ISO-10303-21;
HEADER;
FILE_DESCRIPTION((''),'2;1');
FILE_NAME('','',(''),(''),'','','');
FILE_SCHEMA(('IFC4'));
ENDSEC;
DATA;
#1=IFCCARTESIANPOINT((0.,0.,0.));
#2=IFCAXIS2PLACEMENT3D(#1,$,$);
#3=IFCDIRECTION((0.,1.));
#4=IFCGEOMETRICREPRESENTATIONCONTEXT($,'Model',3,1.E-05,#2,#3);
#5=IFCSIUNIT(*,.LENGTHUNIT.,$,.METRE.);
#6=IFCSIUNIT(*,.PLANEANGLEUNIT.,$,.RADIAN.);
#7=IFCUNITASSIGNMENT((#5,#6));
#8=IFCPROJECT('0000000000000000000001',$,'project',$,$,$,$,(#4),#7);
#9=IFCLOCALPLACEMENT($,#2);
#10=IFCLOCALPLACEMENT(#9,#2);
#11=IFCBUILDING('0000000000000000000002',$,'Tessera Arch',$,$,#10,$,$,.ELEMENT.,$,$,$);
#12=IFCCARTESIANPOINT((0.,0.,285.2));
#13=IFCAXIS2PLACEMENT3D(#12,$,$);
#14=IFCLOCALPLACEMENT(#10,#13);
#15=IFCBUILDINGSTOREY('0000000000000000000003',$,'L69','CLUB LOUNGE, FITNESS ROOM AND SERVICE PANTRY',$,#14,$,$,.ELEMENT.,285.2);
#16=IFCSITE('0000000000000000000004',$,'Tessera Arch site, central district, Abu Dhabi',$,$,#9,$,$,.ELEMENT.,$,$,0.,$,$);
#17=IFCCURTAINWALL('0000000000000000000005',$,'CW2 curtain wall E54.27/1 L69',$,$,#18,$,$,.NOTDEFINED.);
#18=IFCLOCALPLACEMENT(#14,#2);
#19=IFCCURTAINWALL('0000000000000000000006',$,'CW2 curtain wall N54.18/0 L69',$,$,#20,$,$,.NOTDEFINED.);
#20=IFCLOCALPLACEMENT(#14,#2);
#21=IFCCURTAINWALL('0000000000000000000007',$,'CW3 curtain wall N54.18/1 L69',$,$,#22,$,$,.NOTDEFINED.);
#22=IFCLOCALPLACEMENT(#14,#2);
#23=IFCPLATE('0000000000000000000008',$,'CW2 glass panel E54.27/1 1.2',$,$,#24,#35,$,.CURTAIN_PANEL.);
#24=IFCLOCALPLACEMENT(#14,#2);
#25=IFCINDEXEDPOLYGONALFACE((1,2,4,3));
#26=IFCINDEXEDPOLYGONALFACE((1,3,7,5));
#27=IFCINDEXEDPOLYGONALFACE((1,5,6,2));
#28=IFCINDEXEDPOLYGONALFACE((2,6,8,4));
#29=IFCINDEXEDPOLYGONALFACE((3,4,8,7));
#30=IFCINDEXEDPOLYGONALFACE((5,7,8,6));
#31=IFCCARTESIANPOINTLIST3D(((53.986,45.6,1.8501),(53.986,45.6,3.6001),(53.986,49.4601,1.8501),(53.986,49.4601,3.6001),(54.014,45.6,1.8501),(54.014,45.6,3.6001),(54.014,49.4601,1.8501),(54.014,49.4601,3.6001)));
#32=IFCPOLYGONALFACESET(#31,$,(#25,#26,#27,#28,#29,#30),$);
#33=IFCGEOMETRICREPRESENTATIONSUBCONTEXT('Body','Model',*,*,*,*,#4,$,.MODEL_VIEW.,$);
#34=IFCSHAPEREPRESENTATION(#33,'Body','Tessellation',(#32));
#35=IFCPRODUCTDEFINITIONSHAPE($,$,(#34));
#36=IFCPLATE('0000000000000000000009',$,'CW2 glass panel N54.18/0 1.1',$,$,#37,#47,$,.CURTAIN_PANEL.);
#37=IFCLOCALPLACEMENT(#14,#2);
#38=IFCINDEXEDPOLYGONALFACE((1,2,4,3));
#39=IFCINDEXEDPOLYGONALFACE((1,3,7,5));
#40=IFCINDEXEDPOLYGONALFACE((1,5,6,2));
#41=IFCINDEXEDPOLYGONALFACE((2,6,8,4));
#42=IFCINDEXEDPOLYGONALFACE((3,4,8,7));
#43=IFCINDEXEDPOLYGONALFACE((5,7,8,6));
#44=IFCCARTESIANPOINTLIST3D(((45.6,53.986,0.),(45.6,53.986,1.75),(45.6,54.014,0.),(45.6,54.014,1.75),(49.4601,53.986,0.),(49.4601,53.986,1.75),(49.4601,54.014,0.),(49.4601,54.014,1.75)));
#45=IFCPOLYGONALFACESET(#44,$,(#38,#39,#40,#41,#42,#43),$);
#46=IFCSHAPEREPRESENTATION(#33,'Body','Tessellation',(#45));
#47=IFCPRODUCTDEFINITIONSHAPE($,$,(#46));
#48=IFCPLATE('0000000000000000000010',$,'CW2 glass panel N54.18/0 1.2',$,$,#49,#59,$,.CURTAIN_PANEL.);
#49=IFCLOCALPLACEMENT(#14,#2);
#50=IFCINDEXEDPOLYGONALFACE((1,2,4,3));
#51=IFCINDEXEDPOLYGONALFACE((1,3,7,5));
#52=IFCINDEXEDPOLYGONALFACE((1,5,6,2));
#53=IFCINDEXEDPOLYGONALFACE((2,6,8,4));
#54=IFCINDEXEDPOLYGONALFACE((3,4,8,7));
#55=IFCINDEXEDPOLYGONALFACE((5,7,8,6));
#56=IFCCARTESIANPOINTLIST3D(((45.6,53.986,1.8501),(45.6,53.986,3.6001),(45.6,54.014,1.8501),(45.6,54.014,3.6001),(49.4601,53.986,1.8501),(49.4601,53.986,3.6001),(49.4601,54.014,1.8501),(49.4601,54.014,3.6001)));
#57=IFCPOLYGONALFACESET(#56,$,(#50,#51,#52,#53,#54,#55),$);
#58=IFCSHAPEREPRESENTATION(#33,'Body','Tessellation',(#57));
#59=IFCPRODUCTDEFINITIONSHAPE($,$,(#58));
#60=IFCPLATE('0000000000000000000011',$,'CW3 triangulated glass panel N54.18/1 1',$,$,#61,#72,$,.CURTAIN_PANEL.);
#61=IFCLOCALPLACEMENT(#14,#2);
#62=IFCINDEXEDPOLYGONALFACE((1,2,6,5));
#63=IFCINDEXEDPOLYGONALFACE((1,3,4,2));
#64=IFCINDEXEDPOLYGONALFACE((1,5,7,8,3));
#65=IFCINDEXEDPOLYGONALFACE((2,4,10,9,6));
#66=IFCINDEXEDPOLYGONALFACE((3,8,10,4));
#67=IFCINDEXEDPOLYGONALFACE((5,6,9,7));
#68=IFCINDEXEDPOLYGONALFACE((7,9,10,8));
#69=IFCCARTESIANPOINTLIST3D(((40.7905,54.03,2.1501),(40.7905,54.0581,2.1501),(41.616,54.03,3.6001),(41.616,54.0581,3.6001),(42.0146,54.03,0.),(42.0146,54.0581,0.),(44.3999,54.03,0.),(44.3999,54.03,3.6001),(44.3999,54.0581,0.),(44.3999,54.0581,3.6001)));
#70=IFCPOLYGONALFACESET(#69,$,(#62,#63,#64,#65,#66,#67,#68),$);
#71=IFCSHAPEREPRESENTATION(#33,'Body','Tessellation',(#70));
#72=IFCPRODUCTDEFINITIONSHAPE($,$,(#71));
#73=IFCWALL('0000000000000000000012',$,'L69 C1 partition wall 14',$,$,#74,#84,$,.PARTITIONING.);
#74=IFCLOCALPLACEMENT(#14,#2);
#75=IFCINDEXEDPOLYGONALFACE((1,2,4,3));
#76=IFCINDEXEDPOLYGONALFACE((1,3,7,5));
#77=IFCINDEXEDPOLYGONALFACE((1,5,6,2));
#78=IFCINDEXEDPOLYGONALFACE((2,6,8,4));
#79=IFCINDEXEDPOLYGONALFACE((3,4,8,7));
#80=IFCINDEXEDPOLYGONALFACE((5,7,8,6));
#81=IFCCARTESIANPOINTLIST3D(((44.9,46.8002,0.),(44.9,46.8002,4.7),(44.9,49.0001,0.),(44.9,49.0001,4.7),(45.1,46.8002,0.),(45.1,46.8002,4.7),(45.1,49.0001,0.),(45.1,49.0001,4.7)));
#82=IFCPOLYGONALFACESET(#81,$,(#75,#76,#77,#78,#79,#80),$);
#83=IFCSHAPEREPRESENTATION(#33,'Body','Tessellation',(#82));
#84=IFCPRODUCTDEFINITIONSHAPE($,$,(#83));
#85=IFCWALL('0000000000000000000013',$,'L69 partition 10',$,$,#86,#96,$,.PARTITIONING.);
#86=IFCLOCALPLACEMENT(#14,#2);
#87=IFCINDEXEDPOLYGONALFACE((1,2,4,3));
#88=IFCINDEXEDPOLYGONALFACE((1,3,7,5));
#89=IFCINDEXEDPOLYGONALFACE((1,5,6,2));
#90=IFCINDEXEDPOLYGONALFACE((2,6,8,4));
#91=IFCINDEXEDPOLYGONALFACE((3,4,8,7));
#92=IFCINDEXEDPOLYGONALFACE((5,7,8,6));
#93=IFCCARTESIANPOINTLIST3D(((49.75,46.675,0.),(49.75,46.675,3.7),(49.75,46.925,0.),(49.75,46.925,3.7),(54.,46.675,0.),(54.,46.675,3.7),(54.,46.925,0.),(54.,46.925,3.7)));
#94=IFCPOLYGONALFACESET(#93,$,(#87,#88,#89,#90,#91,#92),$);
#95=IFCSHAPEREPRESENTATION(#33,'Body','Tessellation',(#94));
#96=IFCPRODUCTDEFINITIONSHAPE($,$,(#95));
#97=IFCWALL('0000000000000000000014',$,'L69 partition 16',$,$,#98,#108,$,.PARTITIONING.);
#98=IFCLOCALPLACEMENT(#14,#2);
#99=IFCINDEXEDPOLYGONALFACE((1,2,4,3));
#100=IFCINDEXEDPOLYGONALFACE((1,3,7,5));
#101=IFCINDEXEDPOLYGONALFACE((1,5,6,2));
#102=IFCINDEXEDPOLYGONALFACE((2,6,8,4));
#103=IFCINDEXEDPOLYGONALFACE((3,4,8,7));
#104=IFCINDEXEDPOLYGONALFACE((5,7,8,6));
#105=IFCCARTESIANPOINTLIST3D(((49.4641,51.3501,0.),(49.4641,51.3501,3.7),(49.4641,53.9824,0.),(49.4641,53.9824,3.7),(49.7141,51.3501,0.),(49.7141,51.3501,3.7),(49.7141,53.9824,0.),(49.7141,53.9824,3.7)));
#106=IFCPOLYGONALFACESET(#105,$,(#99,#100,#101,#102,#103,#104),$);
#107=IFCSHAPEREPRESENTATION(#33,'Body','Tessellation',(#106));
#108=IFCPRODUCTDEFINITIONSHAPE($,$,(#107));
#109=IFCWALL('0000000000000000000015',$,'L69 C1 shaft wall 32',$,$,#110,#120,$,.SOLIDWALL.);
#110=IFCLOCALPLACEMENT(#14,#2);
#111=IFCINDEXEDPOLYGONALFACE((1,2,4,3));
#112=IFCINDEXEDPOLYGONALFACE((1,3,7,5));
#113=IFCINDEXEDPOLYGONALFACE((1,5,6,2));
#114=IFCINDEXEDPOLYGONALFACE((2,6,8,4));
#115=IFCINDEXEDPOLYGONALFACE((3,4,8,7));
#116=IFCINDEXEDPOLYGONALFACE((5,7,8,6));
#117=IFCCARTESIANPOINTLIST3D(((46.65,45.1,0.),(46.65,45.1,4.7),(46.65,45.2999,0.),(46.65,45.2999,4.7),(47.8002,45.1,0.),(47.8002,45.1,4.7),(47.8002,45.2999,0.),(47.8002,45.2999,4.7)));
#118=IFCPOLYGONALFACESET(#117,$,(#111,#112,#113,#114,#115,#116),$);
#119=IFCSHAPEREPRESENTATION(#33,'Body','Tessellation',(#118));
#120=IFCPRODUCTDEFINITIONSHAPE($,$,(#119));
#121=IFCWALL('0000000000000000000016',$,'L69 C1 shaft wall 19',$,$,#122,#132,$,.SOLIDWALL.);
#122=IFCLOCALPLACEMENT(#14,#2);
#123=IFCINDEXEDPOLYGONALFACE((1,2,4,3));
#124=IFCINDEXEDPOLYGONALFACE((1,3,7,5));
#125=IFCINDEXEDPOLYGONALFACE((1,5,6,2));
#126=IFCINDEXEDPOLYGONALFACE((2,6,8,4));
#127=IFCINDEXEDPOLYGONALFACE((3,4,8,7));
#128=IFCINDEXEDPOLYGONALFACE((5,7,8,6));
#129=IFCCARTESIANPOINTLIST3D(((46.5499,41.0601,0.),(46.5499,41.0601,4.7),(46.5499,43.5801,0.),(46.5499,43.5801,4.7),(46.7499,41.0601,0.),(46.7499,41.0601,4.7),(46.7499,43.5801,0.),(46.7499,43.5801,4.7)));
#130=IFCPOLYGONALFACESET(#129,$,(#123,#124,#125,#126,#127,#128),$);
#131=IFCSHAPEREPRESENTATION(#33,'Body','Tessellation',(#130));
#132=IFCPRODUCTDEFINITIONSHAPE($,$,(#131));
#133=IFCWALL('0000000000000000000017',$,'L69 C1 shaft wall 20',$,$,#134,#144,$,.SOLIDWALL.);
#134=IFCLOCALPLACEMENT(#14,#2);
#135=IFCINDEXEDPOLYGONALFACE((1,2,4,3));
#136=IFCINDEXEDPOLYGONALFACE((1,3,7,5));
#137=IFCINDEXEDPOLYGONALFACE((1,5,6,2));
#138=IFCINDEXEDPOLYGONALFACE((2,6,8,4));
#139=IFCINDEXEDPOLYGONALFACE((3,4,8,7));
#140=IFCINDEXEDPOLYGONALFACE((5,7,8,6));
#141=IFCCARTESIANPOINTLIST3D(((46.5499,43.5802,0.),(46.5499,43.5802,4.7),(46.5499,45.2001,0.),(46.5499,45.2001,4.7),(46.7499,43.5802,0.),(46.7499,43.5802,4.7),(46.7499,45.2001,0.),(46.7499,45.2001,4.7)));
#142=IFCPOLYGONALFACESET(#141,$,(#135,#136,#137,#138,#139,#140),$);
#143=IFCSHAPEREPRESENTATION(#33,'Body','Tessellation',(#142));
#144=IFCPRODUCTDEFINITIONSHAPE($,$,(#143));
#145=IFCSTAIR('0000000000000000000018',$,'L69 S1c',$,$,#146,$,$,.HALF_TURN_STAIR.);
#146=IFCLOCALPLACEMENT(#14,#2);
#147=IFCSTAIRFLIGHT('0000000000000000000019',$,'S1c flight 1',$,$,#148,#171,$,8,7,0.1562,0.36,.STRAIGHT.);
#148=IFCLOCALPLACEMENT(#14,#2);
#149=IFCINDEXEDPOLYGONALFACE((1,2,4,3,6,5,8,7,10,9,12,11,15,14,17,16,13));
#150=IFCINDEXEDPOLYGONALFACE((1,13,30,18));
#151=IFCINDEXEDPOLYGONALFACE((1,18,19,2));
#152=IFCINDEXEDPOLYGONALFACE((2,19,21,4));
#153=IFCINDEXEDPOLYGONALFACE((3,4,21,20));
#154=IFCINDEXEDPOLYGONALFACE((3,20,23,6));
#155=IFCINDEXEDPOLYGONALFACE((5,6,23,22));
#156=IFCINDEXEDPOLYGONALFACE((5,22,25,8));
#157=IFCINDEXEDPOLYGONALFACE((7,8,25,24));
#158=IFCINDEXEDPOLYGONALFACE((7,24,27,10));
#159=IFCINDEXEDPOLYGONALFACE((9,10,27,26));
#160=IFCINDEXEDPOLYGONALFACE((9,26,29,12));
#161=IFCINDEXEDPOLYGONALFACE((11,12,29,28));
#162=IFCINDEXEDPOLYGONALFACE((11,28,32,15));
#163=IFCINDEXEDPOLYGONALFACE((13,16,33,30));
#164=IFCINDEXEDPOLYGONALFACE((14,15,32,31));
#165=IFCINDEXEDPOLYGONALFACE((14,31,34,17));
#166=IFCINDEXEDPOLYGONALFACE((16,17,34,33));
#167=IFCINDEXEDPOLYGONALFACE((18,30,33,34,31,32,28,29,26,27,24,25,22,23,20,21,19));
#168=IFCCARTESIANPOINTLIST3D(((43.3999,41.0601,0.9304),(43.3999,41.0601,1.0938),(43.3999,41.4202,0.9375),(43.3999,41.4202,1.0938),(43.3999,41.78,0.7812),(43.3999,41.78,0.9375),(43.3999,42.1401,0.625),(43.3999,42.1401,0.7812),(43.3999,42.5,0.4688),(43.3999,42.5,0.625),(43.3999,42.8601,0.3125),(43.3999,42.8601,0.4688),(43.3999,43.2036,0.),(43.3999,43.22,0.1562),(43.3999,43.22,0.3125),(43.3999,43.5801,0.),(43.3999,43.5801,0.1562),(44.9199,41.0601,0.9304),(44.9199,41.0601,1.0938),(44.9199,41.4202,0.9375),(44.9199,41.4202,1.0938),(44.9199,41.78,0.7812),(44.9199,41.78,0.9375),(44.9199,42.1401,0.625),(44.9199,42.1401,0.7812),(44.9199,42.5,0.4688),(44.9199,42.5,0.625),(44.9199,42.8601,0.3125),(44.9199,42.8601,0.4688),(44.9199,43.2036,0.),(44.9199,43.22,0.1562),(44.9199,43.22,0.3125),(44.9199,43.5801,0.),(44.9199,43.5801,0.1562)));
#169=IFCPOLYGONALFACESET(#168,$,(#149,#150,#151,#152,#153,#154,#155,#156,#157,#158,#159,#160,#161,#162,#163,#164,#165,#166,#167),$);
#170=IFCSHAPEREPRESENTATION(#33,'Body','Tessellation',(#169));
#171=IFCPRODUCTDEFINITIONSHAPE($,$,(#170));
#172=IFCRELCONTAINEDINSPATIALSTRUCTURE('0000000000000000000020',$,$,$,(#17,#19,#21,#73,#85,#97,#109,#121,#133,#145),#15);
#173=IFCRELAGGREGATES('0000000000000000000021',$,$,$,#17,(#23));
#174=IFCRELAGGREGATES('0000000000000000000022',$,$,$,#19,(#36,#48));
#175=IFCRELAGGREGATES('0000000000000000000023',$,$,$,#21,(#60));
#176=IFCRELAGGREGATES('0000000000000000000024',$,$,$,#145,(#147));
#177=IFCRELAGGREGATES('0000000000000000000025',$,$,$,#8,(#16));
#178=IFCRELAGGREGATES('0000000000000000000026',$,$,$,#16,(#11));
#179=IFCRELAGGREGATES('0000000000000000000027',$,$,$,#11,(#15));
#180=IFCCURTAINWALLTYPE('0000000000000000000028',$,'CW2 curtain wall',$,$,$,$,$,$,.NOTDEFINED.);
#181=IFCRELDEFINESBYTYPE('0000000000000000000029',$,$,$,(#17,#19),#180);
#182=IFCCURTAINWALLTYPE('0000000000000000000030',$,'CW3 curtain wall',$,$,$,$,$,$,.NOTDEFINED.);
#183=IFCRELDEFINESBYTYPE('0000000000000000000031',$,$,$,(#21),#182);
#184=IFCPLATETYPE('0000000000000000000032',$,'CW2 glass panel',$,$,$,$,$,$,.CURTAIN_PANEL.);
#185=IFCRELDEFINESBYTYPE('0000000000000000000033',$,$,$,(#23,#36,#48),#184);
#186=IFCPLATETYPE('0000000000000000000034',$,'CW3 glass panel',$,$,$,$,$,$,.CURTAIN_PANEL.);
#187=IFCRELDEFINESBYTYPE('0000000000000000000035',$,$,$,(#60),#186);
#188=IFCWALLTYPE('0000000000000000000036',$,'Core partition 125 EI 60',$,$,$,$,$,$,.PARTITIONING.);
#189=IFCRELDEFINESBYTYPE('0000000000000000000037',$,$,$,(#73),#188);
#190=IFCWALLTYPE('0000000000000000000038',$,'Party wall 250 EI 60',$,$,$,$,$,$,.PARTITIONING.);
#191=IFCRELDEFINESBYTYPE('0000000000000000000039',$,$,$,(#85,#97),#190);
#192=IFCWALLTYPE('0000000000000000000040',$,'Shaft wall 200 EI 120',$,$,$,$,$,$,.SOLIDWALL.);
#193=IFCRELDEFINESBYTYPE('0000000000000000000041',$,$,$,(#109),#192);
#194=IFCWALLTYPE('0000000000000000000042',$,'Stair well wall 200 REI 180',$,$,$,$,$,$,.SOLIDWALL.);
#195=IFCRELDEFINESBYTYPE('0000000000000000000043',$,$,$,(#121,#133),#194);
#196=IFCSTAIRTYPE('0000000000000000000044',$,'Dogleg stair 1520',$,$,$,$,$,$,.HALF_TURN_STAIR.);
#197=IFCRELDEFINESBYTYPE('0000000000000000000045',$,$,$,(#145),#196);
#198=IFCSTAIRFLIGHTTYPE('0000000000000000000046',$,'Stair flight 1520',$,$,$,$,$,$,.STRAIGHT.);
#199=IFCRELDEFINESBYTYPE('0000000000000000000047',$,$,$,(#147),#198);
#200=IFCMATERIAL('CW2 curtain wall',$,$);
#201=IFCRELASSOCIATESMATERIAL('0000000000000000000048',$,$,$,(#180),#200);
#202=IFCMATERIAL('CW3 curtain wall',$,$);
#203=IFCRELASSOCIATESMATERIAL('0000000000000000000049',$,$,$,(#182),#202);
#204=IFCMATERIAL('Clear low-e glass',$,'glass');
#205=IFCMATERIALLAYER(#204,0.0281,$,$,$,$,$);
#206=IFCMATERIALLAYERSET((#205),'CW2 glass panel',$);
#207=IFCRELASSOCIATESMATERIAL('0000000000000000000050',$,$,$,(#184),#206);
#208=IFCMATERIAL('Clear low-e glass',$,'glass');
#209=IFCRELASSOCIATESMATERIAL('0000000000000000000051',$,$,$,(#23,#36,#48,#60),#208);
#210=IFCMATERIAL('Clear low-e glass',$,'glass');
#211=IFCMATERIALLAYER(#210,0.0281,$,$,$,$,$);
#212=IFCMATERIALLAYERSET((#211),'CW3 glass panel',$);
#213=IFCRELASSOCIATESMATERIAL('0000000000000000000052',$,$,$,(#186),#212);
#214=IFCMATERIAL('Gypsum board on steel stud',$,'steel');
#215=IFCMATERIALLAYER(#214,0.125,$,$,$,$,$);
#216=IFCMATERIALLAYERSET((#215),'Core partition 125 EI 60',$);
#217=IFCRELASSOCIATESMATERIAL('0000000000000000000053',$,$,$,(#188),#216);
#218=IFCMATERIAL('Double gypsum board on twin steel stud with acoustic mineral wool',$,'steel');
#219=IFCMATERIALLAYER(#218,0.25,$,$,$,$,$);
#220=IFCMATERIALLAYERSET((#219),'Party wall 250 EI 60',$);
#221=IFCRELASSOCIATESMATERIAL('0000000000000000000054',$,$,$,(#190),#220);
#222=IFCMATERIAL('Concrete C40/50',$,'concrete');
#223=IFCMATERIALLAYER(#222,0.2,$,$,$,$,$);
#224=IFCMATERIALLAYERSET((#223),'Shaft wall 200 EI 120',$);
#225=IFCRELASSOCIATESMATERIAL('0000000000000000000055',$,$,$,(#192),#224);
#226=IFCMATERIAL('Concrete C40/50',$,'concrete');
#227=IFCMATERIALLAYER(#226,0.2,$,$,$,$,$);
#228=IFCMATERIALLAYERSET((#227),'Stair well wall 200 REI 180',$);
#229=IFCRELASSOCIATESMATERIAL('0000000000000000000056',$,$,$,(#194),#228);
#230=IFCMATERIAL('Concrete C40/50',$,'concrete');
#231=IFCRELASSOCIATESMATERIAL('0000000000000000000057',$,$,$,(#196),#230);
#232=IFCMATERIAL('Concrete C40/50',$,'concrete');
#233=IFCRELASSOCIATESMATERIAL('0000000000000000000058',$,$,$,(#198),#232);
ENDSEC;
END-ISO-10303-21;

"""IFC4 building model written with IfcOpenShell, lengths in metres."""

from ifc_helpers import new_model, si_unit, direction, frame, frame_2d, origin, origin_2d, place, context, subcontext, project, spatial, polyline, rectangle, outline, extrude, material, layer, layer_set, type_object, element, aggregate, save


model = new_model("IFC4")

# Units and contexts
model_context = context("Model", 3, precision=1e-05, world=origin(), true_north=direction((0.0, 1.0)))
body_context = subcontext(model_context, "Body", "Model", "MODEL_VIEW")
ifc_project = project(units=[si_unit("LENGTHUNIT", "METRE"), si_unit("PLANEANGLEUNIT", "RADIAN")], contexts=[model_context])

# Site, building, storey
site_placement = place(None, origin())
site = spatial("IfcSite", under=ifc_project, at=site_placement, Name="Tessera Arch site, central district, Abu Dhabi", CompositionType="ELEMENT", RefElevation=0.0)
building_placement = place(site_placement, origin())
building = spatial("IfcBuilding", under=site, at=building_placement, Name="Tessera Arch", CompositionType="ELEMENT")
storey_placement = place(building_placement, frame((0.0, 0.0, 285.2)))
storey = spatial("IfcBuildingStorey", under=building, at=storey_placement, Name="L69", Description="CLUB LOUNGE, FITNESS ROOM AND SERVICE PANTRY", CompositionType="ELEMENT", Elevation=285.2)

# Curtain walls
ifc_material_1 = material(Name="CW2 curtain wall")
curtain_wall_type_1 = type_object("IfcCurtainWallType", Name="CW2 curtain wall", PredefinedType="NOTDEFINED", material=ifc_material_1)
curtain_wall_1_placement = place(storey_placement, origin())
curtain_wall_1 = element("IfcCurtainWall", 1, at=curtain_wall_1_placement, inside=storey, type_object=curtain_wall_type_1, Name="CW2 curtain wall E54.27/1 L69", PredefinedType="NOTDEFINED")
curtain_wall_2_placement = place(storey_placement, origin())
curtain_wall_2 = element("IfcCurtainWall", 2, at=curtain_wall_2_placement, inside=storey, type_object=curtain_wall_type_1, Name="CW2 curtain wall N54.18/0 L69", PredefinedType="NOTDEFINED")
ifc_material_2 = material(Name="CW3 curtain wall")
curtain_wall_type_2 = type_object("IfcCurtainWallType", Name="CW3 curtain wall", PredefinedType="NOTDEFINED", material=ifc_material_2)
curtain_wall_3_placement = place(storey_placement, origin())
curtain_wall_3 = element("IfcCurtainWall", 3, at=curtain_wall_3_placement, inside=storey, type_object=curtain_wall_type_2, Name="CW3 curtain wall N54.18/1 L69", PredefinedType="NOTDEFINED")

# Shared definitions
ifc_material_3 = material(Name="Clear low-e glass", Category="glass")

# Plates
ifc_material_4 = material(Name="Clear low-e glass", Category="glass")
ifc_layer_1 = layer(ifc_material_4, 0.0281)
ifc_layer_set_1 = layer_set([ifc_layer_1], Name="CW2 glass panel")
plate_type_1 = type_object("IfcPlateType", Name="CW2 glass panel", PredefinedType="CURTAIN_PANEL", material=ifc_layer_set_1)
plate_1_placement = place(storey_placement, frame((54.0, 47.53, 1.8501), z_axis=(0.0, 0.0, 1.0), x_axis=(0.0, 1.0, 0.0)))
plate_1 = element("IfcPlate", 4, at=plate_1_placement, type_object=plate_type_1, material=ifc_material_3, Name="CW2 glass panel E54.27/1 1.2", PredefinedType="CURTAIN_PANEL", context=body_context, shape_type="SweptSolid", body=[
    extrude(rectangle(XDim=3.8601, YDim=0.0281, at=origin_2d()), origin(), (0.0, 0.0, 1.0), 1.75),
])
aggregate(curtain_wall_1, [plate_1])
plate_2_placement = place(storey_placement, frame((47.53, 54.0, 0.0), z_axis=(0.0, 0.0, 1.0), x_axis=(-1.0, 0.0, 0.0)))
plate_2 = element("IfcPlate", 5, at=plate_2_placement, type_object=plate_type_1, material=ifc_material_3, Name="CW2 glass panel N54.18/0 1.1", PredefinedType="CURTAIN_PANEL", context=body_context, shape_type="SweptSolid", body=[
    extrude(rectangle(XDim=3.8601, YDim=0.0281, at=origin_2d()), origin(), (0.0, 0.0, 1.0), 1.75),
])
plate_3_placement = place(storey_placement, frame((47.53, 54.0, 1.8501), z_axis=(0.0, 0.0, 1.0), x_axis=(-1.0, 0.0, 0.0)))
plate_3 = element("IfcPlate", 6, at=plate_3_placement, type_object=plate_type_1, material=ifc_material_3, Name="CW2 glass panel N54.18/0 1.2", PredefinedType="CURTAIN_PANEL", context=body_context, shape_type="SweptSolid", body=[
    extrude(rectangle(XDim=3.8601, YDim=0.0281, at=origin_2d()), origin(), (0.0, 0.0, 1.0), 1.75),
])
aggregate(curtain_wall_2, [plate_2, plate_3])
ifc_material_5 = material(Name="Clear low-e glass", Category="glass")
ifc_layer_2 = layer(ifc_material_5, 0.0281)
ifc_layer_set_2 = layer_set([ifc_layer_2], Name="CW3 glass panel")
plate_type_2 = type_object("IfcPlateType", Name="CW3 glass panel", PredefinedType="CURTAIN_PANEL", material=ifc_layer_set_2)
plate_4_placement = place(storey_placement, frame((44.3999, 54.0581, 0.0), z_axis=(0.0, 1.0, 0.0), x_axis=(-1.0, 0.0, 0.0)))
plate_4 = element("IfcPlate", 7, at=plate_4_placement, type_object=plate_type_2, material=ifc_material_3, Name="CW3 triangulated glass panel N54.18/1 1", PredefinedType="CURTAIN_PANEL", context=body_context, shape_type="SweptSolid", body=[
    extrude(outline(polyline([(0.0, 0.0), (2.3853, 0.0), (3.6094, 2.1501), (2.7839, 3.6001), (0.0, 3.6001), (0.0, 0.0)])), origin(), (0.0, 0.0, -1.0), 0.0281),
])
aggregate(curtain_wall_3, [plate_4])

# Walls
ifc_material_6 = material(Name="Gypsum board on steel stud", Category="steel")
ifc_layer_3 = layer(ifc_material_6, 0.125)
ifc_layer_set_3 = layer_set([ifc_layer_3], Name="Core partition 125 EI 60")
wall_type_1 = type_object("IfcWallType", Name="Core partition 125 EI 60", PredefinedType="PARTITIONING", material=ifc_layer_set_3)
wall_1_placement = place(storey_placement, frame((45.0, 46.8, 0.0), z_axis=(0.0, 0.0, 1.0), x_axis=(0.0, 1.0, 0.0)))
element("IfcWall", 8, at=wall_1_placement, inside=storey, type_object=wall_type_1, Name="L69 C1 partition wall 14", PredefinedType="PARTITIONING", context=body_context, shape_type="SweptSolid", body=[
    extrude(rectangle(XDim=2.2, YDim=0.2, at=frame_2d((1.1001, 0.0))), origin(), (0.0, 0.0, 1.0), 4.7),
])
ifc_material_7 = material(Name="Double gypsum board on twin steel stud with acoustic mineral wool", Category="steel")
ifc_layer_4 = layer(ifc_material_7, 0.25)
ifc_layer_set_4 = layer_set([ifc_layer_4], Name="Party wall 250 EI 60")
wall_type_2 = type_object("IfcWallType", Name="Party wall 250 EI 60", PredefinedType="PARTITIONING", material=ifc_layer_set_4)
wall_2_placement = place(storey_placement, frame((49.75, 46.8, 0.0), z_axis=(0.0, 0.0, 1.0), x_axis=(1.0, 0.0, 0.0)))
element("IfcWall", 9, at=wall_2_placement, inside=storey, type_object=wall_type_2, Name="L69 partition 10", PredefinedType="PARTITIONING", context=body_context, shape_type="SweptSolid", body=[
    extrude(rectangle(XDim=4.25, YDim=0.25, at=frame_2d((2.125, 0.0))), origin(), (0.0, 0.0, 1.0), 3.7),
])
wall_3_placement = place(storey_placement, frame((49.5891, 51.3501, 0.0), z_axis=(0.0, 0.0, 1.0), x_axis=(0.0, 1.0, 0.0)))
element("IfcWall", 10, at=wall_3_placement, inside=storey, type_object=wall_type_2, Name="L69 partition 16", PredefinedType="PARTITIONING", context=body_context, shape_type="SweptSolid", body=[
    extrude(rectangle(XDim=2.6323, YDim=0.25, at=frame_2d((1.3162, 0.0))), origin(), (0.0, 0.0, 1.0), 3.7),
])
ifc_material_8 = material(Name="Concrete C40/50", Category="concrete")
ifc_layer_5 = layer(ifc_material_8, 0.2)
ifc_layer_set_5 = layer_set([ifc_layer_5], Name="Shaft wall 200 EI 120")
wall_type_3 = type_object("IfcWallType", Name="Shaft wall 200 EI 120", PredefinedType="SOLIDWALL", material=ifc_layer_set_5)
wall_4_placement = place(storey_placement, frame((46.6499, 45.2, 0.0), z_axis=(0.0, 0.0, 1.0), x_axis=(1.0, 0.0, 0.0)))
element("IfcWall", 11, at=wall_4_placement, inside=storey, type_object=wall_type_3, Name="L69 C1 shaft wall 32", PredefinedType="SOLIDWALL", context=body_context, shape_type="SweptSolid", body=[
    extrude(rectangle(XDim=1.1501, YDim=0.2, at=frame_2d((0.5752, 0.0))), origin(), (0.0, 0.0, 1.0), 4.7),
])
ifc_material_9 = material(Name="Concrete C40/50", Category="concrete")
ifc_layer_6 = layer(ifc_material_9, 0.2)
ifc_layer_set_6 = layer_set([ifc_layer_6], Name="Stair well wall 200 REI 180")
wall_type_4 = type_object("IfcWallType", Name="Stair well wall 200 REI 180", PredefinedType="SOLIDWALL", material=ifc_layer_set_6)
wall_5_placement = place(storey_placement, frame((46.6499, 41.0601, 0.0), z_axis=(0.0, 0.0, 1.0), x_axis=(0.0, 1.0, 0.0)))
element("IfcWall", 12, at=wall_5_placement, inside=storey, type_object=wall_type_4, Name="L69 C1 shaft wall 19", PredefinedType="SOLIDWALL", context=body_context, shape_type="SweptSolid", body=[
    extrude(rectangle(XDim=2.52, YDim=0.2, at=frame_2d((1.26, 0.0))), origin(), (0.0, 0.0, 1.0), 4.7),
])
wall_6_placement = place(storey_placement, frame((46.6499, 43.5801, 0.0), z_axis=(0.0, 0.0, 1.0), x_axis=(0.0, 1.0, 0.0)))
element("IfcWall", 13, at=wall_6_placement, inside=storey, type_object=wall_type_4, Name="L69 C1 shaft wall 20", PredefinedType="SOLIDWALL", context=body_context, shape_type="SweptSolid", body=[
    extrude(rectangle(XDim=1.6199, YDim=0.2, at=frame_2d((0.8101, 0.0))), origin(), (0.0, 0.0, 1.0), 4.7),
])

# Stair, stair flight
ifc_material_10 = material(Name="Concrete C40/50", Category="concrete")
stair_type = type_object("IfcStairType", Name="Dogleg stair 1520", PredefinedType="HALF_TURN_STAIR", material=ifc_material_10)
stair_placement = place(storey_placement, origin())
stair = element("IfcStair", 14, at=stair_placement, inside=storey, type_object=stair_type, Name="L69 S1c", PredefinedType="HALF_TURN_STAIR")
ifc_material_11 = material(Name="Concrete C40/50", Category="concrete")
stair_flight_type = type_object("IfcStairFlightType", Name="Stair flight 1520", PredefinedType="STRAIGHT", material=ifc_material_11)
stair_flight_1_placement = place(storey_placement, frame((44.1599, 43.5801, 0.0), z_axis=(0.0, 0.0, 1.0), x_axis=(0.0, -1.0, 0.0)))
stair_flight_1 = element("IfcStairFlight", 15, at=stair_flight_1_placement, type_object=stair_flight_type, Name="S1c flight 1", NumberOfRisers=8, NumberOfTreads=7, PredefinedType="STRAIGHT", RiserHeight=0.1562, TreadLength=0.36, context=body_context, shape_type="SweptSolid", body=[
    extrude(outline(polyline([(0.0, 0.0), (0.0, 0.1562), (0.3601, 0.1562), (0.3601, 0.3125), (0.72, 0.3125), (0.72, 0.4688), (1.0801, 0.4688), (1.0801, 0.625), (1.4399, 0.625), (1.4399, 0.7812), (1.8, 0.7812), (1.8, 0.9375), (2.1599, 0.9375), (2.1599, 1.0938), (2.52, 1.0938), (2.52, 1.25), (2.52, 0.9304), (0.3765, 0.0), (0.0, 0.0)])), frame((0.0, 0.76, 0.0), z_axis=(0.0, -1.0, 0.0), x_axis=(1.0, 0.0, 0.0)), (0.0, 0.0, 1.0), 1.52),
])
aggregate(stair, [stair_flight_1])

save(model, "model.ifc")
